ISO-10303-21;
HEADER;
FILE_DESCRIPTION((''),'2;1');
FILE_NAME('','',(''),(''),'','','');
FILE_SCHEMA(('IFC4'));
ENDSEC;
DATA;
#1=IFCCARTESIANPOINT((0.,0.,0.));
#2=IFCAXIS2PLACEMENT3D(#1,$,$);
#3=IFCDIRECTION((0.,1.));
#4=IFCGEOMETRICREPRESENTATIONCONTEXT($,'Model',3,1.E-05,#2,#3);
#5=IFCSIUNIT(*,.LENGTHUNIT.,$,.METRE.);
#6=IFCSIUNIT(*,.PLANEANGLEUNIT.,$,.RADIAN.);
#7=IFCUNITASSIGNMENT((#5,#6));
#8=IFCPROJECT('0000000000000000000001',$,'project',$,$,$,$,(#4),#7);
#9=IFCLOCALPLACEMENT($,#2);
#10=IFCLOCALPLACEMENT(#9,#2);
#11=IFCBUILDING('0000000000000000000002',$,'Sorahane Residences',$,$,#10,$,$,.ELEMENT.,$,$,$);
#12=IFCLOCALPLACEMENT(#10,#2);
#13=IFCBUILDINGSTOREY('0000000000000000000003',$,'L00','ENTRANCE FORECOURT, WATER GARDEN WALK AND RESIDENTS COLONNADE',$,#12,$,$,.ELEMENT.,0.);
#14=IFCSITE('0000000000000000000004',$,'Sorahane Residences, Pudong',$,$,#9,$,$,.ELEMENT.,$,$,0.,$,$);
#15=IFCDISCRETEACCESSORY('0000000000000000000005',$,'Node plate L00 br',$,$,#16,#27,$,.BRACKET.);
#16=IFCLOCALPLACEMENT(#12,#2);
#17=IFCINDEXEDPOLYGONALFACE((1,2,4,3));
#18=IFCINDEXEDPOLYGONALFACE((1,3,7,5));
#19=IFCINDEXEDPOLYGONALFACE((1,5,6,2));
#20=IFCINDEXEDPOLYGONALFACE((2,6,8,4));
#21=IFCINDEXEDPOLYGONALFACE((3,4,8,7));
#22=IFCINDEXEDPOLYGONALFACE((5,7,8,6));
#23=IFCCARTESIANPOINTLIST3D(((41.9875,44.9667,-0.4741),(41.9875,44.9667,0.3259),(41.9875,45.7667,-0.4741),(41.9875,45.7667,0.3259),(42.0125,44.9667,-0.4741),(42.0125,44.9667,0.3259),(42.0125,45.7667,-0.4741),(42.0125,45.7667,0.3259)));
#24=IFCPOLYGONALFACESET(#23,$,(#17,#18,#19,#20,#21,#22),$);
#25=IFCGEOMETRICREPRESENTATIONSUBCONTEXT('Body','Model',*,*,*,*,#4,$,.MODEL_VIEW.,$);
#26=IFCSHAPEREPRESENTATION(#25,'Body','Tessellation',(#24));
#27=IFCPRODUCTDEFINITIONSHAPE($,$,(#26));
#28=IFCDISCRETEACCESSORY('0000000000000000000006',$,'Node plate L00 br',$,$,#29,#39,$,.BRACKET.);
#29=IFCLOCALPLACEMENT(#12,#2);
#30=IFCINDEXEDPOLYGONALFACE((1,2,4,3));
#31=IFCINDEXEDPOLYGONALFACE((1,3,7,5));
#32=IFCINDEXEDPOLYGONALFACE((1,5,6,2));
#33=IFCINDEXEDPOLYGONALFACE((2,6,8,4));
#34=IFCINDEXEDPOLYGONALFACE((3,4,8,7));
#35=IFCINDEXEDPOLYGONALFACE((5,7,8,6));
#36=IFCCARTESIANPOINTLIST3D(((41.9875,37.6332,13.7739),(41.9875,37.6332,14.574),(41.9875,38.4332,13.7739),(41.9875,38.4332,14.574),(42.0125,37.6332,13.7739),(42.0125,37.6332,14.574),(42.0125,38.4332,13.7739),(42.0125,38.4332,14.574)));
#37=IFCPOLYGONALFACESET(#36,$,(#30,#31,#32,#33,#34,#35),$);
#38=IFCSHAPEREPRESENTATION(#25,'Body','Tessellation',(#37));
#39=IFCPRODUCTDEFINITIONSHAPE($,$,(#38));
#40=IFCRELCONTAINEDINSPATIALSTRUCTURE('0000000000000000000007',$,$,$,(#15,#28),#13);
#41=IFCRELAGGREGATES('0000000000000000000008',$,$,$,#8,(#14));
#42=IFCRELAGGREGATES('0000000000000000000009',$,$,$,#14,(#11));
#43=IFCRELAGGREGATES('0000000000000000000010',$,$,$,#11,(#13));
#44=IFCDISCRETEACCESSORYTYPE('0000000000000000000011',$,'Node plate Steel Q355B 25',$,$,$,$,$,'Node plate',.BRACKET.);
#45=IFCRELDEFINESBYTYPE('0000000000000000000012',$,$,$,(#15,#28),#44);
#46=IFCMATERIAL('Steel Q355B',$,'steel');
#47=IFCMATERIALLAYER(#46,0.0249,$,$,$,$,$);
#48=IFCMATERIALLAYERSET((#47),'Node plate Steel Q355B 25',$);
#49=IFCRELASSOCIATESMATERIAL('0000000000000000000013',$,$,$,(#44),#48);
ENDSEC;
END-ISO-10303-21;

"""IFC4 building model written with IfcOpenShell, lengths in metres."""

from ifc_helpers import new_model, si_unit, direction, frame, origin, origin_2d, place, context, subcontext, project, spatial, rectangle, extrude, material, layer, layer_set, type_object, element, save


model = new_model("IFC4")

# Units and contexts
model_context = context("Model", 3, precision=1e-05, world=origin(), true_north=direction((0.0, 1.0)))
body_context = subcontext(model_context, "Body", "Model", "MODEL_VIEW")
ifc_project = project(units=[si_unit("LENGTHUNIT", "METRE"), si_unit("PLANEANGLEUNIT", "RADIAN")], contexts=[model_context])

# Site, building, storey
site_placement = place(None, origin())
site = spatial("IfcSite", under=ifc_project, at=site_placement, Name="Sorahane Residences, Pudong", CompositionType="ELEMENT", RefElevation=0.0)
building_placement = place(site_placement, origin())
building = spatial("IfcBuilding", under=site, at=building_placement, Name="Sorahane Residences", CompositionType="ELEMENT")
storey_placement = place(building_placement, origin())
storey = spatial("IfcBuildingStorey", under=building, at=storey_placement, Name="L00", Description="ENTRANCE FORECOURT, WATER GARDEN WALK AND RESIDENTS COLONNADE", CompositionType="ELEMENT", Elevation=0.0)

# Discrete accessories
ifc_material_1 = material(Name="Steel Q355B", Category="steel")
ifc_layer_1 = layer(ifc_material_1, 0.0249)
ifc_layer_set_1 = layer_set([ifc_layer_1], Name="Node plate Steel Q355B 25")
discrete_accessory_type = type_object("IfcDiscreteAccessoryType", Name="Node plate Steel Q355B 25", ElementType="Node plate", PredefinedType="BRACKET", material=ifc_layer_set_1)
for number, where, z_axis, x_axis, name in (
    (1, (42.0, 45.3667, -0.4741), (0.0, 0.0, 1.0), (0.0, 1.0, 0.0), "Node plate L00 br"),
    (2, (42.0, 38.0332, 13.7739), (0.0, 0.0, 1.0), (0.0, 1.0, 0.0), "Node plate L00 br"),
):
    element("IfcDiscreteAccessory", number, at=place(storey_placement, frame(where, z_axis=z_axis, x_axis=x_axis)), inside=storey, type_object=discrete_accessory_type, Name=name, PredefinedType="BRACKET", context=body_context, shape_type="SweptSolid", body=[
        extrude(rectangle(XDim=0.8, YDim=0.0249, at=origin_2d()), origin(), (0.0, 0.0, 1.0), 0.8),
    ])

save(model, "model.ifc")
